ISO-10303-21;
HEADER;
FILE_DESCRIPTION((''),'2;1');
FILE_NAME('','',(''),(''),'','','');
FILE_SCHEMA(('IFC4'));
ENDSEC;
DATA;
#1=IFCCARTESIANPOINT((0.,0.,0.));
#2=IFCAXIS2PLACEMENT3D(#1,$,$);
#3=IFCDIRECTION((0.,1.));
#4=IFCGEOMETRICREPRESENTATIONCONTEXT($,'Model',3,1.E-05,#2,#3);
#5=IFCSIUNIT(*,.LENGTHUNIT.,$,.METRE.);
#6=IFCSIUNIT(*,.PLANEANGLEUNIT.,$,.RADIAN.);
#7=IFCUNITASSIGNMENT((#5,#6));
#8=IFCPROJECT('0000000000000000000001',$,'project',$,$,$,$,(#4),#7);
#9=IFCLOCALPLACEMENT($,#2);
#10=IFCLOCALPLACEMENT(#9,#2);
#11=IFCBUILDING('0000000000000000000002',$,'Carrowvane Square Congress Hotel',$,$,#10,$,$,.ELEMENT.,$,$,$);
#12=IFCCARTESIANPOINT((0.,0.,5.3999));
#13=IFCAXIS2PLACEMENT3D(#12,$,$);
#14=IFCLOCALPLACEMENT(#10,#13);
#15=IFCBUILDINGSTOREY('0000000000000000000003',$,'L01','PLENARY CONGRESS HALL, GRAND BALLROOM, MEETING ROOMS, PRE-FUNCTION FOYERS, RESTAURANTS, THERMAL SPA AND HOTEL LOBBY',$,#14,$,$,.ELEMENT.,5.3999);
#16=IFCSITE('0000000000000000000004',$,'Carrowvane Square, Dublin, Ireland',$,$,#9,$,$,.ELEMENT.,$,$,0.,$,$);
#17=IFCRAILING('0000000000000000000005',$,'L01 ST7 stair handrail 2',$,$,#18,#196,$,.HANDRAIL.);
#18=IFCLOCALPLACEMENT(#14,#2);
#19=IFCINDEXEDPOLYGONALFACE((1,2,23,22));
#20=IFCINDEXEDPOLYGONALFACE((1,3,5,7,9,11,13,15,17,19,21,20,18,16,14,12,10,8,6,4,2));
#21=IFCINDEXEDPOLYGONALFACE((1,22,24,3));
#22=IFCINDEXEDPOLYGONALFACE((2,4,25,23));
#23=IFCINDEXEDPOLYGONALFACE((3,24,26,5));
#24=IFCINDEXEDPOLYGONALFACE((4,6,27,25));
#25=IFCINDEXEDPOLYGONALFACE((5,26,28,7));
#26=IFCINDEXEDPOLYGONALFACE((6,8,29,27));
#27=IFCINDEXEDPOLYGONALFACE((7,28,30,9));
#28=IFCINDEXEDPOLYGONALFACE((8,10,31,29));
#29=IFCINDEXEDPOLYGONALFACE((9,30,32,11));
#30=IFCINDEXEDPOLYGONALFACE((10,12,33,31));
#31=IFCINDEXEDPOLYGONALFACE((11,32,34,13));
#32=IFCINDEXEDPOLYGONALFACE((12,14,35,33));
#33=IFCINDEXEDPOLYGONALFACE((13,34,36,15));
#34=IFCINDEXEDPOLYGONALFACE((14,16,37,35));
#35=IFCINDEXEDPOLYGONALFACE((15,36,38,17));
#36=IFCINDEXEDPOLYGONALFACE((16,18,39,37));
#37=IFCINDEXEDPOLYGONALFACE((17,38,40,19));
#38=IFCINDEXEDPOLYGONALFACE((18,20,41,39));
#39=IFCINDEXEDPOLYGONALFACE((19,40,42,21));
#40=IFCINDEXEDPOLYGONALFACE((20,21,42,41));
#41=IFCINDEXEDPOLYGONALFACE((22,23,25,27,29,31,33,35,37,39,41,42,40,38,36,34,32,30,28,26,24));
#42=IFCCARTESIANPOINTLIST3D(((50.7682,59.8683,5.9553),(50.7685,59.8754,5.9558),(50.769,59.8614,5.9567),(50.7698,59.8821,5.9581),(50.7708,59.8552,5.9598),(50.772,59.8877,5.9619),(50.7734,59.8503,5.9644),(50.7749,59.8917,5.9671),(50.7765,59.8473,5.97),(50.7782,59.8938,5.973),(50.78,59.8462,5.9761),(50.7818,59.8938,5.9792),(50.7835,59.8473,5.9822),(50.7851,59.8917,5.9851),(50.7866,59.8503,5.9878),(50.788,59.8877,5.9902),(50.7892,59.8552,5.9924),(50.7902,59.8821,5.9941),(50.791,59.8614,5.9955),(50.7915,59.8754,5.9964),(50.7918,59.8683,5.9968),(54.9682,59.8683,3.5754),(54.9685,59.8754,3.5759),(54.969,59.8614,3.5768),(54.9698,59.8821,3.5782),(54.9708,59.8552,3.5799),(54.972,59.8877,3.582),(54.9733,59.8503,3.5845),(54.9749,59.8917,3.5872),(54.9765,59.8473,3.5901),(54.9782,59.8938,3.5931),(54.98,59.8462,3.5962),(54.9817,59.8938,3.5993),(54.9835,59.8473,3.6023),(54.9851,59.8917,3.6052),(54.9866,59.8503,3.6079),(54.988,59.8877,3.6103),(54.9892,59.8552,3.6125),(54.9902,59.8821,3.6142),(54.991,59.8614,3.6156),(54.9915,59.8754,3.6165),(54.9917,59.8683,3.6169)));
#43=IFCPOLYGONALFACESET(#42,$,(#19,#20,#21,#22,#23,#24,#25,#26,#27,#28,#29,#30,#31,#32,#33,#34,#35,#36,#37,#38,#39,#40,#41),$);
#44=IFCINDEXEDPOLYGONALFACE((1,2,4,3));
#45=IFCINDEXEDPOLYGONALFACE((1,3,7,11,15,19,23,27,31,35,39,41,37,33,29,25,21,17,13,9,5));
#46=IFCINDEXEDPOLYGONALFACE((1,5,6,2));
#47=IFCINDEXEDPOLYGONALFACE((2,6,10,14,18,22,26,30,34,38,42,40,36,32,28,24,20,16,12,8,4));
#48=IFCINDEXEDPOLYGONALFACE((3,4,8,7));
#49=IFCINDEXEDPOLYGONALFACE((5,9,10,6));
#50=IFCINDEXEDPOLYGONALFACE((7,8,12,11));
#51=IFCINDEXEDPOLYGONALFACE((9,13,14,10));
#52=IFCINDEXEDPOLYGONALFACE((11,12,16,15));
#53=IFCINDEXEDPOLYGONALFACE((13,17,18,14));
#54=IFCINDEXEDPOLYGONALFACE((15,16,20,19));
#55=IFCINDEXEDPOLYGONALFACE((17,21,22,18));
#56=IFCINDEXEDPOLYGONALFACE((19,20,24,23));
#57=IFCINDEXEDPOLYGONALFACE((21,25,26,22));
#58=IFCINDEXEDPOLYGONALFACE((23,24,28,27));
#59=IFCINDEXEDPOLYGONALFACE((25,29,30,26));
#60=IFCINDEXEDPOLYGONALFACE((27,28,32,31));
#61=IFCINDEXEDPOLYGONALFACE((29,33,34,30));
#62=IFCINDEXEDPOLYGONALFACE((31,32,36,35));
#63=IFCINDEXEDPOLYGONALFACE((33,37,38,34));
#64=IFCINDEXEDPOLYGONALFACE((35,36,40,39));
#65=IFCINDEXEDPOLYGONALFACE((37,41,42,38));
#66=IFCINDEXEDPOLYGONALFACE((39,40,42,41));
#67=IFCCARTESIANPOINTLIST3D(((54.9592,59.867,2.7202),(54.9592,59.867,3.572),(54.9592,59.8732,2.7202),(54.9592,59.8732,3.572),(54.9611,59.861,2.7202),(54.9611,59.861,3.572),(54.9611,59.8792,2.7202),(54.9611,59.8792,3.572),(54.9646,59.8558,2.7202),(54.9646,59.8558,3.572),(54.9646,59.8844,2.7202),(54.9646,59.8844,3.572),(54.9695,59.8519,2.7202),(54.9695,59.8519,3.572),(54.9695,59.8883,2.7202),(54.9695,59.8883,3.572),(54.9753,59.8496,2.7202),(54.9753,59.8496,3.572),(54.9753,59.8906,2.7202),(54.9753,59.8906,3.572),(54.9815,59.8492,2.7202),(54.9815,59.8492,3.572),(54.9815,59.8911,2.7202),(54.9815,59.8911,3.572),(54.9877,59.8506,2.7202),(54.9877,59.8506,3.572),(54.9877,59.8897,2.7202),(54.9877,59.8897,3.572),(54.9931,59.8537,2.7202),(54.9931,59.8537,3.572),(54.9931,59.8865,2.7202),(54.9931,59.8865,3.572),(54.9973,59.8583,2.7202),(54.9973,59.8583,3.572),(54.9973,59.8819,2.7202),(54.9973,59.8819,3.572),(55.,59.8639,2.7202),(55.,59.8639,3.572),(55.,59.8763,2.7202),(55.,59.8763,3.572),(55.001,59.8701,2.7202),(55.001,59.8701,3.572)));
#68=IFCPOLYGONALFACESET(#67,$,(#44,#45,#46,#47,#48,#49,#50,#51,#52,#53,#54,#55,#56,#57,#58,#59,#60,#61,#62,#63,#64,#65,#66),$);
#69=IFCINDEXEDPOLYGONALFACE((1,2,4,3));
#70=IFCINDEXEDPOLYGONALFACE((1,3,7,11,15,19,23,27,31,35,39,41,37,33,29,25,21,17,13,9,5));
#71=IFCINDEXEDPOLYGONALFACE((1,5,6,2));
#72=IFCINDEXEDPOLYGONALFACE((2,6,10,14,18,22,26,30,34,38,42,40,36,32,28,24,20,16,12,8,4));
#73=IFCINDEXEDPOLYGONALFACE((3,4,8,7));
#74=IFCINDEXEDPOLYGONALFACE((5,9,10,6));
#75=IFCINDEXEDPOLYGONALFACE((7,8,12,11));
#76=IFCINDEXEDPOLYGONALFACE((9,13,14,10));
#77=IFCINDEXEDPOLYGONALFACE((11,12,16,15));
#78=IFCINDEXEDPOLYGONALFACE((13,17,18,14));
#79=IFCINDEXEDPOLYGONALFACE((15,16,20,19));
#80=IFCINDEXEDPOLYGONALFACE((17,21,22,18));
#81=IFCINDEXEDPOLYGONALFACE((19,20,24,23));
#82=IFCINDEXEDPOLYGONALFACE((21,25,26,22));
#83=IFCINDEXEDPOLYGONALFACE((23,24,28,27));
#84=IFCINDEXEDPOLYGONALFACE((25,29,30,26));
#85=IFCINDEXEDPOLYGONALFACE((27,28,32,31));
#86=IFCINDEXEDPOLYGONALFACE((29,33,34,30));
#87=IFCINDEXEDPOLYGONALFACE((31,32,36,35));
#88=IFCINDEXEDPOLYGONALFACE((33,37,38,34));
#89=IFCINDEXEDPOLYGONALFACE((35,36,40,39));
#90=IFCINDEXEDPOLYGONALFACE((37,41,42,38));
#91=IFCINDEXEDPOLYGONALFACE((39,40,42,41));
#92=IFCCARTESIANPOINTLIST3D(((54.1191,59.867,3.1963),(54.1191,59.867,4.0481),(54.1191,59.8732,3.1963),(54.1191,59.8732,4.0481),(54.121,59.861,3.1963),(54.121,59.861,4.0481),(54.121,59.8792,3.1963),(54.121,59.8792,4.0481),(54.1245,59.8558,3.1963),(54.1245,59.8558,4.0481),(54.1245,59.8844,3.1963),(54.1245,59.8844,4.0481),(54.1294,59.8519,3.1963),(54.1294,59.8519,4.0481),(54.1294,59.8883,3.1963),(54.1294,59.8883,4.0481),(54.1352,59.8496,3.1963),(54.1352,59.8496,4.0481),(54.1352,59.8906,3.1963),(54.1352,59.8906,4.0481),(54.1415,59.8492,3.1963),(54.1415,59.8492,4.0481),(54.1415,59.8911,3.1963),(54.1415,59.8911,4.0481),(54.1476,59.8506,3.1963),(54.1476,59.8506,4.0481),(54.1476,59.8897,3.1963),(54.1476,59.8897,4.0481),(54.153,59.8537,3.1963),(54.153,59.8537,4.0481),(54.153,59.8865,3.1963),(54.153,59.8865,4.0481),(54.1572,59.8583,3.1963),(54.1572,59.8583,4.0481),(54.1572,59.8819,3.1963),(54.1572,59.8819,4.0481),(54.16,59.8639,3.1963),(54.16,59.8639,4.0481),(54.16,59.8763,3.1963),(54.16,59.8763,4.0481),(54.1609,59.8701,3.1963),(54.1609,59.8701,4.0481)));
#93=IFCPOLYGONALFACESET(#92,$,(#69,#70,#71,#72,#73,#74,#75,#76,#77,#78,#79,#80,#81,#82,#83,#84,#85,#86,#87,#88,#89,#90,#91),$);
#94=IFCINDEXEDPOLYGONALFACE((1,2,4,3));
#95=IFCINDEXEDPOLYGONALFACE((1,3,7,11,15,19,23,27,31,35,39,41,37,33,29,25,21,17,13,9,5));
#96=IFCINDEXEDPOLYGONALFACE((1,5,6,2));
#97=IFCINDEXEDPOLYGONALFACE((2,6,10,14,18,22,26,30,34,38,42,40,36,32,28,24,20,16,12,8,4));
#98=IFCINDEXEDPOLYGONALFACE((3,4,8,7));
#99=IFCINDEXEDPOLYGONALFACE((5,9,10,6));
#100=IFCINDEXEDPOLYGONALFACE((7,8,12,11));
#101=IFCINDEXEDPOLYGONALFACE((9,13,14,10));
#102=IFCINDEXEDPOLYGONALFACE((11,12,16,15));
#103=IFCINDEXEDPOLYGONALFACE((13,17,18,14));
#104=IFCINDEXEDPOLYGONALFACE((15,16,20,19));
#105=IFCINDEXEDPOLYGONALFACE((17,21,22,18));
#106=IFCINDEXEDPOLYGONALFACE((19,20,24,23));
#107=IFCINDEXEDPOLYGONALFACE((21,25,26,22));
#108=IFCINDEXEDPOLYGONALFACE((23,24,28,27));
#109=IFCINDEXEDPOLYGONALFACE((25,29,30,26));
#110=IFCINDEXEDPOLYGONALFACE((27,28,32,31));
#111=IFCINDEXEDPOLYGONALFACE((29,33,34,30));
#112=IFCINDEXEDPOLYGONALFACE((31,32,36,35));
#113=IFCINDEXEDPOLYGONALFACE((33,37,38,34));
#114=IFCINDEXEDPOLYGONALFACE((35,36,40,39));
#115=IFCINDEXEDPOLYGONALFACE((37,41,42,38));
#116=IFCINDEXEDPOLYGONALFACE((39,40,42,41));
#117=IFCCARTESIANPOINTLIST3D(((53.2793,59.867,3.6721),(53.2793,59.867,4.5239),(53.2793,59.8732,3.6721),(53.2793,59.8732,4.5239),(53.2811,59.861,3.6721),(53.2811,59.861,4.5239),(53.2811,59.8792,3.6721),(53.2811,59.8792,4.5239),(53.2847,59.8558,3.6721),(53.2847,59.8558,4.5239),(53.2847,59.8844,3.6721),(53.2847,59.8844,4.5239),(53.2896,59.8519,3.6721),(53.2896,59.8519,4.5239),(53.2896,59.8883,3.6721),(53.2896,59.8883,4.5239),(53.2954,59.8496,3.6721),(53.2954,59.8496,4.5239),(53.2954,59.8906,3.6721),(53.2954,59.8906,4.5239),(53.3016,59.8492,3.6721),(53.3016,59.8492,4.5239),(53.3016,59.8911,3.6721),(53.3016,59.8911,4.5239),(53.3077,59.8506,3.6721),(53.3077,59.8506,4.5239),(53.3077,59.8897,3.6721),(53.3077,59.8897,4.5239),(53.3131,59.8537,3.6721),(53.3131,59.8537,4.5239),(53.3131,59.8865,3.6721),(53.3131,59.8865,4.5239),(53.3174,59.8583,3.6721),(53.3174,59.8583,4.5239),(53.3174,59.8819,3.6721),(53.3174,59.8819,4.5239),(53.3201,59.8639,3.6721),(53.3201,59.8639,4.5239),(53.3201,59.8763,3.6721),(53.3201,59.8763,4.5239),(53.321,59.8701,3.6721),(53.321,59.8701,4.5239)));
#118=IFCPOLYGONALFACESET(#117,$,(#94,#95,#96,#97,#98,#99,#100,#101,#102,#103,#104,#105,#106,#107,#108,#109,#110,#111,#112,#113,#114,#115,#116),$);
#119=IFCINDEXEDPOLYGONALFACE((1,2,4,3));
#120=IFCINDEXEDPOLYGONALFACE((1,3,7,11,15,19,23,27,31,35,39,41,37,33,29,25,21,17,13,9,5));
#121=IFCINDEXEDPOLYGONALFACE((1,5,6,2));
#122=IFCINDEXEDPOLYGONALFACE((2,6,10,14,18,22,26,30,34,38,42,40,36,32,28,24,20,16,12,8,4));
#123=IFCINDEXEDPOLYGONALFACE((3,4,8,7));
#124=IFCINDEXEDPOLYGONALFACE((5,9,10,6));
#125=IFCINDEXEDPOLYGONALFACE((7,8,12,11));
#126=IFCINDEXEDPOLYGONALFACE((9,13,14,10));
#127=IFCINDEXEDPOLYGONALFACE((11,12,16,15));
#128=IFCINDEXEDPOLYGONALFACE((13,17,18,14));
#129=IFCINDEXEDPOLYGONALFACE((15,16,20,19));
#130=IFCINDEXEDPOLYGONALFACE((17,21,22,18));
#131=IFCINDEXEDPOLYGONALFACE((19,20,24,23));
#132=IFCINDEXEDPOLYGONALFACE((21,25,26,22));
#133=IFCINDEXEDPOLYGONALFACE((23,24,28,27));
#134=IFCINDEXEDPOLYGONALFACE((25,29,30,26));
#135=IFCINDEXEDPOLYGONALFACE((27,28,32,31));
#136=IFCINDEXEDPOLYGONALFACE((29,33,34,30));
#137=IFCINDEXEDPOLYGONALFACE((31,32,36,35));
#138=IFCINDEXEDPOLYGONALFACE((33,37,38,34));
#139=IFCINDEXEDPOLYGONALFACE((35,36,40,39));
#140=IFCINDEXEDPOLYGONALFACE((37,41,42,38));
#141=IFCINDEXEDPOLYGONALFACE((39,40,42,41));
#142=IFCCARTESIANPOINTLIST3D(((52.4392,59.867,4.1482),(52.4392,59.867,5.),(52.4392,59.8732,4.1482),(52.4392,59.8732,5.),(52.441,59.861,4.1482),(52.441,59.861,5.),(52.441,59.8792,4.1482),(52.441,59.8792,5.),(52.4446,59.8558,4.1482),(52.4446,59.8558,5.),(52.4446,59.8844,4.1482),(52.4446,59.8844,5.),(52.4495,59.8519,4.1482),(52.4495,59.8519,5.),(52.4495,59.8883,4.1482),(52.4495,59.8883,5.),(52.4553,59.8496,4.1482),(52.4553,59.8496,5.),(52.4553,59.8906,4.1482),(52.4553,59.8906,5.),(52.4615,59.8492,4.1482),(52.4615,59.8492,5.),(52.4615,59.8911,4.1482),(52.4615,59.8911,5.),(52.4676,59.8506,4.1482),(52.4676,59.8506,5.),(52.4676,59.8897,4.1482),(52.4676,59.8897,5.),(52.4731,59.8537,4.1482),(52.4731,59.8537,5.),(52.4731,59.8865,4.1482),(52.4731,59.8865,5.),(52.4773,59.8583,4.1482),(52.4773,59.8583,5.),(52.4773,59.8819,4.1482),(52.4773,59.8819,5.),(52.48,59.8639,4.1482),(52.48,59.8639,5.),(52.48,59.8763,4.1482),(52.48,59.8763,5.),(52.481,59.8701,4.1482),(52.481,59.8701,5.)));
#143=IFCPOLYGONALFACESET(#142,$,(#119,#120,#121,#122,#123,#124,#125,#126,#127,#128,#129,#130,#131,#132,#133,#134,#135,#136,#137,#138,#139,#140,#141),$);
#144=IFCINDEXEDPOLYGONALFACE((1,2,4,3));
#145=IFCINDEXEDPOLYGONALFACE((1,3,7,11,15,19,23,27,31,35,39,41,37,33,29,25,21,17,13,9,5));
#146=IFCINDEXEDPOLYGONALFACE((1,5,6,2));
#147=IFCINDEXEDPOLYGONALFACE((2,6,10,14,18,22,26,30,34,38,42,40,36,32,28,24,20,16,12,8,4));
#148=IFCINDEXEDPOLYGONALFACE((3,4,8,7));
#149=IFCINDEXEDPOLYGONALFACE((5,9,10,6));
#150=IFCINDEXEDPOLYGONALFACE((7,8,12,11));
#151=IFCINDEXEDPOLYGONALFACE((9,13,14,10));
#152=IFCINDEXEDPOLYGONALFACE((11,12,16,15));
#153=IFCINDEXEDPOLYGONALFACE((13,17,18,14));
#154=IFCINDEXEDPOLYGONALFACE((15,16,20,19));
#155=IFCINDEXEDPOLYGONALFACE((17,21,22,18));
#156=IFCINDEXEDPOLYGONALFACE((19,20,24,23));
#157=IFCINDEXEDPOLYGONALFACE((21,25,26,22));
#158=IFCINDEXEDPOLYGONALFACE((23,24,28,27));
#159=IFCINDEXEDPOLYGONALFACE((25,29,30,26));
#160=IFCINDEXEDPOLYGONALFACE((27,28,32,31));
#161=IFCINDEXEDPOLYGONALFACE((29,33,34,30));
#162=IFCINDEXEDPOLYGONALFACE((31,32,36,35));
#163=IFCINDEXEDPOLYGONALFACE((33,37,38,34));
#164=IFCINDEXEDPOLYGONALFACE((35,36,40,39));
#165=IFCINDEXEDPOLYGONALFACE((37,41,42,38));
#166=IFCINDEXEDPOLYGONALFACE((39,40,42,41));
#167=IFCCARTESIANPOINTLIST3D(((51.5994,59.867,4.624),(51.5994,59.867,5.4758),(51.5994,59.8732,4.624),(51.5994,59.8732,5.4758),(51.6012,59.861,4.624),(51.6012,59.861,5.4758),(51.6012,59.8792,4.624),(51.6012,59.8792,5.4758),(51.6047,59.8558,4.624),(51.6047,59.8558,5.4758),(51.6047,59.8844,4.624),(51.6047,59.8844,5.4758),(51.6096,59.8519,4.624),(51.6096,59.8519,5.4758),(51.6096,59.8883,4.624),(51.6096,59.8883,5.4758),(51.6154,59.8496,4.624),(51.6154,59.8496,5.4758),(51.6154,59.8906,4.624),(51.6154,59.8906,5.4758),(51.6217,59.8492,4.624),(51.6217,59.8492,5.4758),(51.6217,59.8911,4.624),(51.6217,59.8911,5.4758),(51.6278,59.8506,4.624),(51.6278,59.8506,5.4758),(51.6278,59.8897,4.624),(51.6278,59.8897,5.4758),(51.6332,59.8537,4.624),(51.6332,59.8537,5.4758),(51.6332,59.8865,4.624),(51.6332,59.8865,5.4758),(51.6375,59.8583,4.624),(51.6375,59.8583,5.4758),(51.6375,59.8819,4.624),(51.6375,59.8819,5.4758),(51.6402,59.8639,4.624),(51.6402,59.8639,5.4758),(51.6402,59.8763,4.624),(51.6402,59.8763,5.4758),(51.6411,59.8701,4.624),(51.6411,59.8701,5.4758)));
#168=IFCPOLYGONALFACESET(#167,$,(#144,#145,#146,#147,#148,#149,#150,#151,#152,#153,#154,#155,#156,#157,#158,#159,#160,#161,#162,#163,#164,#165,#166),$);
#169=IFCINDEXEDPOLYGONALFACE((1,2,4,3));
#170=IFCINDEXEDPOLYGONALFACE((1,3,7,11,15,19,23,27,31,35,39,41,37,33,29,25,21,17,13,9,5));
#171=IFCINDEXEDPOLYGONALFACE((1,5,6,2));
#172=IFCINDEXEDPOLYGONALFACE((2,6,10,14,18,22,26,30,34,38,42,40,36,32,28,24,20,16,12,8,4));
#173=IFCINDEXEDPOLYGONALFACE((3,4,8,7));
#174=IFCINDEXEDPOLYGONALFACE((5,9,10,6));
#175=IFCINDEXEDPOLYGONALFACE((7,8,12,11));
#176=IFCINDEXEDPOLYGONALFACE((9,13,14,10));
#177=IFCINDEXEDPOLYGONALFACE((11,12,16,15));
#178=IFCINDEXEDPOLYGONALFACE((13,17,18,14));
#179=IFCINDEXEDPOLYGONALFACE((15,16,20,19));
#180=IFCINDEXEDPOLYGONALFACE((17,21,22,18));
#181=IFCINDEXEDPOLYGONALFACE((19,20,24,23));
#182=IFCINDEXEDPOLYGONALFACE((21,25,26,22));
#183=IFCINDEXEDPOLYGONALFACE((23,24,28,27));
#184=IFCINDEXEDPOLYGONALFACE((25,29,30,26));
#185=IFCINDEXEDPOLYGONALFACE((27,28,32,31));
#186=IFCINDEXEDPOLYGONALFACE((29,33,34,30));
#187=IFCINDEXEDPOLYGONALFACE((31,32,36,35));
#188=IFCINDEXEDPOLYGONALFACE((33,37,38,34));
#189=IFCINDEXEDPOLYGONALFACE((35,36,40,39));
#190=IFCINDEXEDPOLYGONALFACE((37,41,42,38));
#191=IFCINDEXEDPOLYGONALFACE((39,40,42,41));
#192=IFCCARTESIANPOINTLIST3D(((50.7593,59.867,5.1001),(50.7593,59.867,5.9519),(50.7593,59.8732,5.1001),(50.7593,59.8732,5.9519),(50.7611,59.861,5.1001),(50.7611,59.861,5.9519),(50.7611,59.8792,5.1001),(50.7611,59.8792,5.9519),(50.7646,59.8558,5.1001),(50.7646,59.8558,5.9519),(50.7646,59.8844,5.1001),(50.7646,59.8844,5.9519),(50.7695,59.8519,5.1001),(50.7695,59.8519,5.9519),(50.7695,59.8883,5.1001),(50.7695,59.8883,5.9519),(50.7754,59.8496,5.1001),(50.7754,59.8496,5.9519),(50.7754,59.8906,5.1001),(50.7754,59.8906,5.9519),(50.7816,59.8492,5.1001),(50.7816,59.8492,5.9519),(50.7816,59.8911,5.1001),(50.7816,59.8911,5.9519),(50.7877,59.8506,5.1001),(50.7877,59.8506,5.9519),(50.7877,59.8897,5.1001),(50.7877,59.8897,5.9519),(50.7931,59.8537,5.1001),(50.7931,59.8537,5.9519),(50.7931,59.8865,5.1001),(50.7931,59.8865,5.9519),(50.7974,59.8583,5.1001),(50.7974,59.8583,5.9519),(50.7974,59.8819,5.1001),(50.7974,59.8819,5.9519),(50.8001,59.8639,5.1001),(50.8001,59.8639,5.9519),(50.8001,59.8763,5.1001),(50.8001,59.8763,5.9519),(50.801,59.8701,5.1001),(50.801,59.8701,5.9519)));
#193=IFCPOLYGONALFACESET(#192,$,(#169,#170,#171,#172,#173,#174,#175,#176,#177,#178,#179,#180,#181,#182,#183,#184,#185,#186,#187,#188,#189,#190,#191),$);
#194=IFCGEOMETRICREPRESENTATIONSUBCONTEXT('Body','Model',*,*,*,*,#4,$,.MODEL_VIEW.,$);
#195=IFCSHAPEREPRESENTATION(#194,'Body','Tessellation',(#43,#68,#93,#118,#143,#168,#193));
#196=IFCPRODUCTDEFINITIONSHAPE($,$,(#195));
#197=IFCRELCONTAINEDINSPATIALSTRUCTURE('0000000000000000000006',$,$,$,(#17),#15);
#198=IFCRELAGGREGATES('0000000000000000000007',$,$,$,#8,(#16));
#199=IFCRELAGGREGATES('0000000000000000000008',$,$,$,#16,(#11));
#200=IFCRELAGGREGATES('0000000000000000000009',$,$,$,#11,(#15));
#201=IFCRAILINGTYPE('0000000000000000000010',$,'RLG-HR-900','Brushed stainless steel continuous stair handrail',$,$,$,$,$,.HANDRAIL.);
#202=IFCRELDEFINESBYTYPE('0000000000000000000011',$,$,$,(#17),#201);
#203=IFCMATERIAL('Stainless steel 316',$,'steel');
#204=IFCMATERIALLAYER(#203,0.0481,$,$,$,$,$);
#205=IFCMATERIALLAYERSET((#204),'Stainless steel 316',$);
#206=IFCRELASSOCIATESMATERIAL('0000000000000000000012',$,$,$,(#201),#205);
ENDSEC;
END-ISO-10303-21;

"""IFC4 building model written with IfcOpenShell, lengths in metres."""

from ifc_helpers import new_model, si_unit, direction, frame, origin, origin_2d, place, context, subcontext, project, spatial, circle, extrude, material, layer, layer_set, type_object, element, save


model = new_model("IFC4")

# Units and contexts
model_context = context("Model", 3, precision=1e-05, world=origin(), true_north=direction((0.0, 1.0)))
body_context = subcontext(model_context, "Body", "Model", "MODEL_VIEW")
ifc_project = project(units=[si_unit("LENGTHUNIT", "METRE"), si_unit("PLANEANGLEUNIT", "RADIAN")], contexts=[model_context])

# Site, building, storey
site_placement = place(None, origin())
site = spatial("IfcSite", under=ifc_project, at=site_placement, Name="Carrowvane Square, Dublin, Ireland", CompositionType="ELEMENT", RefElevation=0.0)
building_placement = place(site_placement, origin())
building = spatial("IfcBuilding", under=site, at=building_placement, Name="Carrowvane Square Congress Hotel", CompositionType="ELEMENT")
storey_placement = place(building_placement, frame((0.0, 0.0, 5.3999)))
storey = spatial("IfcBuildingStorey", under=building, at=storey_placement, Name="L01", Description="PLENARY CONGRESS HALL, GRAND BALLROOM, MEETING ROOMS, PRE-FUNCTION FOYERS, RESTAURANTS, THERMAL SPA AND HOTEL LOBBY", CompositionType="ELEMENT", Elevation=5.3999)

# Railing
ifc_material_1 = material(Name="Stainless steel 316", Category="steel")
ifc_layer_1 = layer(ifc_material_1, 0.0481)
ifc_layer_set_1 = layer_set([ifc_layer_1], Name="Stainless steel 316")
railing_type_1 = type_object("IfcRailingType", Name="RLG-HR-900", Description="Brushed stainless steel continuous stair handrail", PredefinedType="HANDRAIL", material=ifc_layer_set_1)
railing_1_placement = place(storey_placement, frame((54.98, 59.8701, 2.7202)))
element("IfcRailing", 1, at=railing_1_placement, inside=storey, type_object=railing_type_1, Name="L01 ST7 stair handrail 2", PredefinedType="HANDRAIL", context=body_context, shape_type="SweptSolid", body=[
    extrude(circle(Radius=0.0239, at=origin_2d()), frame((0.0, 0.0, 0.876), z_axis=(-0.87003, 0.0, 0.492999), x_axis=(0.0, -1.0, 0.0)), (0.0, 0.0, 1.0), 4.8274),
    extrude(circle(Radius=0.021, at=origin_2d()), origin(), (0.0, 0.0, 1.0), 0.8518),
    extrude(circle(Radius=0.021, at=origin_2d()), frame((-0.8401, 0.0, 0.4761)), (0.0, 0.0, 1.0), 0.8518),
    extrude(circle(Radius=0.021, at=origin_2d()), frame((-1.6799, 0.0, 0.9519)), (0.0, 0.0, 1.0), 0.8518),
    extrude(circle(Radius=0.021, at=origin_2d()), frame((-2.52, 0.0, 1.428)), (0.0, 0.0, 1.0), 0.8518),
    extrude(circle(Radius=0.021, at=origin_2d()), frame((-3.3599, 0.0, 1.9038)), (0.0, 0.0, 1.0), 0.8518),
    extrude(circle(Radius=0.021, at=origin_2d()), frame((-4.2, 0.0, 2.3799)), (0.0, 0.0, 1.0), 0.8518),
])

save(model, "model.ifc")
